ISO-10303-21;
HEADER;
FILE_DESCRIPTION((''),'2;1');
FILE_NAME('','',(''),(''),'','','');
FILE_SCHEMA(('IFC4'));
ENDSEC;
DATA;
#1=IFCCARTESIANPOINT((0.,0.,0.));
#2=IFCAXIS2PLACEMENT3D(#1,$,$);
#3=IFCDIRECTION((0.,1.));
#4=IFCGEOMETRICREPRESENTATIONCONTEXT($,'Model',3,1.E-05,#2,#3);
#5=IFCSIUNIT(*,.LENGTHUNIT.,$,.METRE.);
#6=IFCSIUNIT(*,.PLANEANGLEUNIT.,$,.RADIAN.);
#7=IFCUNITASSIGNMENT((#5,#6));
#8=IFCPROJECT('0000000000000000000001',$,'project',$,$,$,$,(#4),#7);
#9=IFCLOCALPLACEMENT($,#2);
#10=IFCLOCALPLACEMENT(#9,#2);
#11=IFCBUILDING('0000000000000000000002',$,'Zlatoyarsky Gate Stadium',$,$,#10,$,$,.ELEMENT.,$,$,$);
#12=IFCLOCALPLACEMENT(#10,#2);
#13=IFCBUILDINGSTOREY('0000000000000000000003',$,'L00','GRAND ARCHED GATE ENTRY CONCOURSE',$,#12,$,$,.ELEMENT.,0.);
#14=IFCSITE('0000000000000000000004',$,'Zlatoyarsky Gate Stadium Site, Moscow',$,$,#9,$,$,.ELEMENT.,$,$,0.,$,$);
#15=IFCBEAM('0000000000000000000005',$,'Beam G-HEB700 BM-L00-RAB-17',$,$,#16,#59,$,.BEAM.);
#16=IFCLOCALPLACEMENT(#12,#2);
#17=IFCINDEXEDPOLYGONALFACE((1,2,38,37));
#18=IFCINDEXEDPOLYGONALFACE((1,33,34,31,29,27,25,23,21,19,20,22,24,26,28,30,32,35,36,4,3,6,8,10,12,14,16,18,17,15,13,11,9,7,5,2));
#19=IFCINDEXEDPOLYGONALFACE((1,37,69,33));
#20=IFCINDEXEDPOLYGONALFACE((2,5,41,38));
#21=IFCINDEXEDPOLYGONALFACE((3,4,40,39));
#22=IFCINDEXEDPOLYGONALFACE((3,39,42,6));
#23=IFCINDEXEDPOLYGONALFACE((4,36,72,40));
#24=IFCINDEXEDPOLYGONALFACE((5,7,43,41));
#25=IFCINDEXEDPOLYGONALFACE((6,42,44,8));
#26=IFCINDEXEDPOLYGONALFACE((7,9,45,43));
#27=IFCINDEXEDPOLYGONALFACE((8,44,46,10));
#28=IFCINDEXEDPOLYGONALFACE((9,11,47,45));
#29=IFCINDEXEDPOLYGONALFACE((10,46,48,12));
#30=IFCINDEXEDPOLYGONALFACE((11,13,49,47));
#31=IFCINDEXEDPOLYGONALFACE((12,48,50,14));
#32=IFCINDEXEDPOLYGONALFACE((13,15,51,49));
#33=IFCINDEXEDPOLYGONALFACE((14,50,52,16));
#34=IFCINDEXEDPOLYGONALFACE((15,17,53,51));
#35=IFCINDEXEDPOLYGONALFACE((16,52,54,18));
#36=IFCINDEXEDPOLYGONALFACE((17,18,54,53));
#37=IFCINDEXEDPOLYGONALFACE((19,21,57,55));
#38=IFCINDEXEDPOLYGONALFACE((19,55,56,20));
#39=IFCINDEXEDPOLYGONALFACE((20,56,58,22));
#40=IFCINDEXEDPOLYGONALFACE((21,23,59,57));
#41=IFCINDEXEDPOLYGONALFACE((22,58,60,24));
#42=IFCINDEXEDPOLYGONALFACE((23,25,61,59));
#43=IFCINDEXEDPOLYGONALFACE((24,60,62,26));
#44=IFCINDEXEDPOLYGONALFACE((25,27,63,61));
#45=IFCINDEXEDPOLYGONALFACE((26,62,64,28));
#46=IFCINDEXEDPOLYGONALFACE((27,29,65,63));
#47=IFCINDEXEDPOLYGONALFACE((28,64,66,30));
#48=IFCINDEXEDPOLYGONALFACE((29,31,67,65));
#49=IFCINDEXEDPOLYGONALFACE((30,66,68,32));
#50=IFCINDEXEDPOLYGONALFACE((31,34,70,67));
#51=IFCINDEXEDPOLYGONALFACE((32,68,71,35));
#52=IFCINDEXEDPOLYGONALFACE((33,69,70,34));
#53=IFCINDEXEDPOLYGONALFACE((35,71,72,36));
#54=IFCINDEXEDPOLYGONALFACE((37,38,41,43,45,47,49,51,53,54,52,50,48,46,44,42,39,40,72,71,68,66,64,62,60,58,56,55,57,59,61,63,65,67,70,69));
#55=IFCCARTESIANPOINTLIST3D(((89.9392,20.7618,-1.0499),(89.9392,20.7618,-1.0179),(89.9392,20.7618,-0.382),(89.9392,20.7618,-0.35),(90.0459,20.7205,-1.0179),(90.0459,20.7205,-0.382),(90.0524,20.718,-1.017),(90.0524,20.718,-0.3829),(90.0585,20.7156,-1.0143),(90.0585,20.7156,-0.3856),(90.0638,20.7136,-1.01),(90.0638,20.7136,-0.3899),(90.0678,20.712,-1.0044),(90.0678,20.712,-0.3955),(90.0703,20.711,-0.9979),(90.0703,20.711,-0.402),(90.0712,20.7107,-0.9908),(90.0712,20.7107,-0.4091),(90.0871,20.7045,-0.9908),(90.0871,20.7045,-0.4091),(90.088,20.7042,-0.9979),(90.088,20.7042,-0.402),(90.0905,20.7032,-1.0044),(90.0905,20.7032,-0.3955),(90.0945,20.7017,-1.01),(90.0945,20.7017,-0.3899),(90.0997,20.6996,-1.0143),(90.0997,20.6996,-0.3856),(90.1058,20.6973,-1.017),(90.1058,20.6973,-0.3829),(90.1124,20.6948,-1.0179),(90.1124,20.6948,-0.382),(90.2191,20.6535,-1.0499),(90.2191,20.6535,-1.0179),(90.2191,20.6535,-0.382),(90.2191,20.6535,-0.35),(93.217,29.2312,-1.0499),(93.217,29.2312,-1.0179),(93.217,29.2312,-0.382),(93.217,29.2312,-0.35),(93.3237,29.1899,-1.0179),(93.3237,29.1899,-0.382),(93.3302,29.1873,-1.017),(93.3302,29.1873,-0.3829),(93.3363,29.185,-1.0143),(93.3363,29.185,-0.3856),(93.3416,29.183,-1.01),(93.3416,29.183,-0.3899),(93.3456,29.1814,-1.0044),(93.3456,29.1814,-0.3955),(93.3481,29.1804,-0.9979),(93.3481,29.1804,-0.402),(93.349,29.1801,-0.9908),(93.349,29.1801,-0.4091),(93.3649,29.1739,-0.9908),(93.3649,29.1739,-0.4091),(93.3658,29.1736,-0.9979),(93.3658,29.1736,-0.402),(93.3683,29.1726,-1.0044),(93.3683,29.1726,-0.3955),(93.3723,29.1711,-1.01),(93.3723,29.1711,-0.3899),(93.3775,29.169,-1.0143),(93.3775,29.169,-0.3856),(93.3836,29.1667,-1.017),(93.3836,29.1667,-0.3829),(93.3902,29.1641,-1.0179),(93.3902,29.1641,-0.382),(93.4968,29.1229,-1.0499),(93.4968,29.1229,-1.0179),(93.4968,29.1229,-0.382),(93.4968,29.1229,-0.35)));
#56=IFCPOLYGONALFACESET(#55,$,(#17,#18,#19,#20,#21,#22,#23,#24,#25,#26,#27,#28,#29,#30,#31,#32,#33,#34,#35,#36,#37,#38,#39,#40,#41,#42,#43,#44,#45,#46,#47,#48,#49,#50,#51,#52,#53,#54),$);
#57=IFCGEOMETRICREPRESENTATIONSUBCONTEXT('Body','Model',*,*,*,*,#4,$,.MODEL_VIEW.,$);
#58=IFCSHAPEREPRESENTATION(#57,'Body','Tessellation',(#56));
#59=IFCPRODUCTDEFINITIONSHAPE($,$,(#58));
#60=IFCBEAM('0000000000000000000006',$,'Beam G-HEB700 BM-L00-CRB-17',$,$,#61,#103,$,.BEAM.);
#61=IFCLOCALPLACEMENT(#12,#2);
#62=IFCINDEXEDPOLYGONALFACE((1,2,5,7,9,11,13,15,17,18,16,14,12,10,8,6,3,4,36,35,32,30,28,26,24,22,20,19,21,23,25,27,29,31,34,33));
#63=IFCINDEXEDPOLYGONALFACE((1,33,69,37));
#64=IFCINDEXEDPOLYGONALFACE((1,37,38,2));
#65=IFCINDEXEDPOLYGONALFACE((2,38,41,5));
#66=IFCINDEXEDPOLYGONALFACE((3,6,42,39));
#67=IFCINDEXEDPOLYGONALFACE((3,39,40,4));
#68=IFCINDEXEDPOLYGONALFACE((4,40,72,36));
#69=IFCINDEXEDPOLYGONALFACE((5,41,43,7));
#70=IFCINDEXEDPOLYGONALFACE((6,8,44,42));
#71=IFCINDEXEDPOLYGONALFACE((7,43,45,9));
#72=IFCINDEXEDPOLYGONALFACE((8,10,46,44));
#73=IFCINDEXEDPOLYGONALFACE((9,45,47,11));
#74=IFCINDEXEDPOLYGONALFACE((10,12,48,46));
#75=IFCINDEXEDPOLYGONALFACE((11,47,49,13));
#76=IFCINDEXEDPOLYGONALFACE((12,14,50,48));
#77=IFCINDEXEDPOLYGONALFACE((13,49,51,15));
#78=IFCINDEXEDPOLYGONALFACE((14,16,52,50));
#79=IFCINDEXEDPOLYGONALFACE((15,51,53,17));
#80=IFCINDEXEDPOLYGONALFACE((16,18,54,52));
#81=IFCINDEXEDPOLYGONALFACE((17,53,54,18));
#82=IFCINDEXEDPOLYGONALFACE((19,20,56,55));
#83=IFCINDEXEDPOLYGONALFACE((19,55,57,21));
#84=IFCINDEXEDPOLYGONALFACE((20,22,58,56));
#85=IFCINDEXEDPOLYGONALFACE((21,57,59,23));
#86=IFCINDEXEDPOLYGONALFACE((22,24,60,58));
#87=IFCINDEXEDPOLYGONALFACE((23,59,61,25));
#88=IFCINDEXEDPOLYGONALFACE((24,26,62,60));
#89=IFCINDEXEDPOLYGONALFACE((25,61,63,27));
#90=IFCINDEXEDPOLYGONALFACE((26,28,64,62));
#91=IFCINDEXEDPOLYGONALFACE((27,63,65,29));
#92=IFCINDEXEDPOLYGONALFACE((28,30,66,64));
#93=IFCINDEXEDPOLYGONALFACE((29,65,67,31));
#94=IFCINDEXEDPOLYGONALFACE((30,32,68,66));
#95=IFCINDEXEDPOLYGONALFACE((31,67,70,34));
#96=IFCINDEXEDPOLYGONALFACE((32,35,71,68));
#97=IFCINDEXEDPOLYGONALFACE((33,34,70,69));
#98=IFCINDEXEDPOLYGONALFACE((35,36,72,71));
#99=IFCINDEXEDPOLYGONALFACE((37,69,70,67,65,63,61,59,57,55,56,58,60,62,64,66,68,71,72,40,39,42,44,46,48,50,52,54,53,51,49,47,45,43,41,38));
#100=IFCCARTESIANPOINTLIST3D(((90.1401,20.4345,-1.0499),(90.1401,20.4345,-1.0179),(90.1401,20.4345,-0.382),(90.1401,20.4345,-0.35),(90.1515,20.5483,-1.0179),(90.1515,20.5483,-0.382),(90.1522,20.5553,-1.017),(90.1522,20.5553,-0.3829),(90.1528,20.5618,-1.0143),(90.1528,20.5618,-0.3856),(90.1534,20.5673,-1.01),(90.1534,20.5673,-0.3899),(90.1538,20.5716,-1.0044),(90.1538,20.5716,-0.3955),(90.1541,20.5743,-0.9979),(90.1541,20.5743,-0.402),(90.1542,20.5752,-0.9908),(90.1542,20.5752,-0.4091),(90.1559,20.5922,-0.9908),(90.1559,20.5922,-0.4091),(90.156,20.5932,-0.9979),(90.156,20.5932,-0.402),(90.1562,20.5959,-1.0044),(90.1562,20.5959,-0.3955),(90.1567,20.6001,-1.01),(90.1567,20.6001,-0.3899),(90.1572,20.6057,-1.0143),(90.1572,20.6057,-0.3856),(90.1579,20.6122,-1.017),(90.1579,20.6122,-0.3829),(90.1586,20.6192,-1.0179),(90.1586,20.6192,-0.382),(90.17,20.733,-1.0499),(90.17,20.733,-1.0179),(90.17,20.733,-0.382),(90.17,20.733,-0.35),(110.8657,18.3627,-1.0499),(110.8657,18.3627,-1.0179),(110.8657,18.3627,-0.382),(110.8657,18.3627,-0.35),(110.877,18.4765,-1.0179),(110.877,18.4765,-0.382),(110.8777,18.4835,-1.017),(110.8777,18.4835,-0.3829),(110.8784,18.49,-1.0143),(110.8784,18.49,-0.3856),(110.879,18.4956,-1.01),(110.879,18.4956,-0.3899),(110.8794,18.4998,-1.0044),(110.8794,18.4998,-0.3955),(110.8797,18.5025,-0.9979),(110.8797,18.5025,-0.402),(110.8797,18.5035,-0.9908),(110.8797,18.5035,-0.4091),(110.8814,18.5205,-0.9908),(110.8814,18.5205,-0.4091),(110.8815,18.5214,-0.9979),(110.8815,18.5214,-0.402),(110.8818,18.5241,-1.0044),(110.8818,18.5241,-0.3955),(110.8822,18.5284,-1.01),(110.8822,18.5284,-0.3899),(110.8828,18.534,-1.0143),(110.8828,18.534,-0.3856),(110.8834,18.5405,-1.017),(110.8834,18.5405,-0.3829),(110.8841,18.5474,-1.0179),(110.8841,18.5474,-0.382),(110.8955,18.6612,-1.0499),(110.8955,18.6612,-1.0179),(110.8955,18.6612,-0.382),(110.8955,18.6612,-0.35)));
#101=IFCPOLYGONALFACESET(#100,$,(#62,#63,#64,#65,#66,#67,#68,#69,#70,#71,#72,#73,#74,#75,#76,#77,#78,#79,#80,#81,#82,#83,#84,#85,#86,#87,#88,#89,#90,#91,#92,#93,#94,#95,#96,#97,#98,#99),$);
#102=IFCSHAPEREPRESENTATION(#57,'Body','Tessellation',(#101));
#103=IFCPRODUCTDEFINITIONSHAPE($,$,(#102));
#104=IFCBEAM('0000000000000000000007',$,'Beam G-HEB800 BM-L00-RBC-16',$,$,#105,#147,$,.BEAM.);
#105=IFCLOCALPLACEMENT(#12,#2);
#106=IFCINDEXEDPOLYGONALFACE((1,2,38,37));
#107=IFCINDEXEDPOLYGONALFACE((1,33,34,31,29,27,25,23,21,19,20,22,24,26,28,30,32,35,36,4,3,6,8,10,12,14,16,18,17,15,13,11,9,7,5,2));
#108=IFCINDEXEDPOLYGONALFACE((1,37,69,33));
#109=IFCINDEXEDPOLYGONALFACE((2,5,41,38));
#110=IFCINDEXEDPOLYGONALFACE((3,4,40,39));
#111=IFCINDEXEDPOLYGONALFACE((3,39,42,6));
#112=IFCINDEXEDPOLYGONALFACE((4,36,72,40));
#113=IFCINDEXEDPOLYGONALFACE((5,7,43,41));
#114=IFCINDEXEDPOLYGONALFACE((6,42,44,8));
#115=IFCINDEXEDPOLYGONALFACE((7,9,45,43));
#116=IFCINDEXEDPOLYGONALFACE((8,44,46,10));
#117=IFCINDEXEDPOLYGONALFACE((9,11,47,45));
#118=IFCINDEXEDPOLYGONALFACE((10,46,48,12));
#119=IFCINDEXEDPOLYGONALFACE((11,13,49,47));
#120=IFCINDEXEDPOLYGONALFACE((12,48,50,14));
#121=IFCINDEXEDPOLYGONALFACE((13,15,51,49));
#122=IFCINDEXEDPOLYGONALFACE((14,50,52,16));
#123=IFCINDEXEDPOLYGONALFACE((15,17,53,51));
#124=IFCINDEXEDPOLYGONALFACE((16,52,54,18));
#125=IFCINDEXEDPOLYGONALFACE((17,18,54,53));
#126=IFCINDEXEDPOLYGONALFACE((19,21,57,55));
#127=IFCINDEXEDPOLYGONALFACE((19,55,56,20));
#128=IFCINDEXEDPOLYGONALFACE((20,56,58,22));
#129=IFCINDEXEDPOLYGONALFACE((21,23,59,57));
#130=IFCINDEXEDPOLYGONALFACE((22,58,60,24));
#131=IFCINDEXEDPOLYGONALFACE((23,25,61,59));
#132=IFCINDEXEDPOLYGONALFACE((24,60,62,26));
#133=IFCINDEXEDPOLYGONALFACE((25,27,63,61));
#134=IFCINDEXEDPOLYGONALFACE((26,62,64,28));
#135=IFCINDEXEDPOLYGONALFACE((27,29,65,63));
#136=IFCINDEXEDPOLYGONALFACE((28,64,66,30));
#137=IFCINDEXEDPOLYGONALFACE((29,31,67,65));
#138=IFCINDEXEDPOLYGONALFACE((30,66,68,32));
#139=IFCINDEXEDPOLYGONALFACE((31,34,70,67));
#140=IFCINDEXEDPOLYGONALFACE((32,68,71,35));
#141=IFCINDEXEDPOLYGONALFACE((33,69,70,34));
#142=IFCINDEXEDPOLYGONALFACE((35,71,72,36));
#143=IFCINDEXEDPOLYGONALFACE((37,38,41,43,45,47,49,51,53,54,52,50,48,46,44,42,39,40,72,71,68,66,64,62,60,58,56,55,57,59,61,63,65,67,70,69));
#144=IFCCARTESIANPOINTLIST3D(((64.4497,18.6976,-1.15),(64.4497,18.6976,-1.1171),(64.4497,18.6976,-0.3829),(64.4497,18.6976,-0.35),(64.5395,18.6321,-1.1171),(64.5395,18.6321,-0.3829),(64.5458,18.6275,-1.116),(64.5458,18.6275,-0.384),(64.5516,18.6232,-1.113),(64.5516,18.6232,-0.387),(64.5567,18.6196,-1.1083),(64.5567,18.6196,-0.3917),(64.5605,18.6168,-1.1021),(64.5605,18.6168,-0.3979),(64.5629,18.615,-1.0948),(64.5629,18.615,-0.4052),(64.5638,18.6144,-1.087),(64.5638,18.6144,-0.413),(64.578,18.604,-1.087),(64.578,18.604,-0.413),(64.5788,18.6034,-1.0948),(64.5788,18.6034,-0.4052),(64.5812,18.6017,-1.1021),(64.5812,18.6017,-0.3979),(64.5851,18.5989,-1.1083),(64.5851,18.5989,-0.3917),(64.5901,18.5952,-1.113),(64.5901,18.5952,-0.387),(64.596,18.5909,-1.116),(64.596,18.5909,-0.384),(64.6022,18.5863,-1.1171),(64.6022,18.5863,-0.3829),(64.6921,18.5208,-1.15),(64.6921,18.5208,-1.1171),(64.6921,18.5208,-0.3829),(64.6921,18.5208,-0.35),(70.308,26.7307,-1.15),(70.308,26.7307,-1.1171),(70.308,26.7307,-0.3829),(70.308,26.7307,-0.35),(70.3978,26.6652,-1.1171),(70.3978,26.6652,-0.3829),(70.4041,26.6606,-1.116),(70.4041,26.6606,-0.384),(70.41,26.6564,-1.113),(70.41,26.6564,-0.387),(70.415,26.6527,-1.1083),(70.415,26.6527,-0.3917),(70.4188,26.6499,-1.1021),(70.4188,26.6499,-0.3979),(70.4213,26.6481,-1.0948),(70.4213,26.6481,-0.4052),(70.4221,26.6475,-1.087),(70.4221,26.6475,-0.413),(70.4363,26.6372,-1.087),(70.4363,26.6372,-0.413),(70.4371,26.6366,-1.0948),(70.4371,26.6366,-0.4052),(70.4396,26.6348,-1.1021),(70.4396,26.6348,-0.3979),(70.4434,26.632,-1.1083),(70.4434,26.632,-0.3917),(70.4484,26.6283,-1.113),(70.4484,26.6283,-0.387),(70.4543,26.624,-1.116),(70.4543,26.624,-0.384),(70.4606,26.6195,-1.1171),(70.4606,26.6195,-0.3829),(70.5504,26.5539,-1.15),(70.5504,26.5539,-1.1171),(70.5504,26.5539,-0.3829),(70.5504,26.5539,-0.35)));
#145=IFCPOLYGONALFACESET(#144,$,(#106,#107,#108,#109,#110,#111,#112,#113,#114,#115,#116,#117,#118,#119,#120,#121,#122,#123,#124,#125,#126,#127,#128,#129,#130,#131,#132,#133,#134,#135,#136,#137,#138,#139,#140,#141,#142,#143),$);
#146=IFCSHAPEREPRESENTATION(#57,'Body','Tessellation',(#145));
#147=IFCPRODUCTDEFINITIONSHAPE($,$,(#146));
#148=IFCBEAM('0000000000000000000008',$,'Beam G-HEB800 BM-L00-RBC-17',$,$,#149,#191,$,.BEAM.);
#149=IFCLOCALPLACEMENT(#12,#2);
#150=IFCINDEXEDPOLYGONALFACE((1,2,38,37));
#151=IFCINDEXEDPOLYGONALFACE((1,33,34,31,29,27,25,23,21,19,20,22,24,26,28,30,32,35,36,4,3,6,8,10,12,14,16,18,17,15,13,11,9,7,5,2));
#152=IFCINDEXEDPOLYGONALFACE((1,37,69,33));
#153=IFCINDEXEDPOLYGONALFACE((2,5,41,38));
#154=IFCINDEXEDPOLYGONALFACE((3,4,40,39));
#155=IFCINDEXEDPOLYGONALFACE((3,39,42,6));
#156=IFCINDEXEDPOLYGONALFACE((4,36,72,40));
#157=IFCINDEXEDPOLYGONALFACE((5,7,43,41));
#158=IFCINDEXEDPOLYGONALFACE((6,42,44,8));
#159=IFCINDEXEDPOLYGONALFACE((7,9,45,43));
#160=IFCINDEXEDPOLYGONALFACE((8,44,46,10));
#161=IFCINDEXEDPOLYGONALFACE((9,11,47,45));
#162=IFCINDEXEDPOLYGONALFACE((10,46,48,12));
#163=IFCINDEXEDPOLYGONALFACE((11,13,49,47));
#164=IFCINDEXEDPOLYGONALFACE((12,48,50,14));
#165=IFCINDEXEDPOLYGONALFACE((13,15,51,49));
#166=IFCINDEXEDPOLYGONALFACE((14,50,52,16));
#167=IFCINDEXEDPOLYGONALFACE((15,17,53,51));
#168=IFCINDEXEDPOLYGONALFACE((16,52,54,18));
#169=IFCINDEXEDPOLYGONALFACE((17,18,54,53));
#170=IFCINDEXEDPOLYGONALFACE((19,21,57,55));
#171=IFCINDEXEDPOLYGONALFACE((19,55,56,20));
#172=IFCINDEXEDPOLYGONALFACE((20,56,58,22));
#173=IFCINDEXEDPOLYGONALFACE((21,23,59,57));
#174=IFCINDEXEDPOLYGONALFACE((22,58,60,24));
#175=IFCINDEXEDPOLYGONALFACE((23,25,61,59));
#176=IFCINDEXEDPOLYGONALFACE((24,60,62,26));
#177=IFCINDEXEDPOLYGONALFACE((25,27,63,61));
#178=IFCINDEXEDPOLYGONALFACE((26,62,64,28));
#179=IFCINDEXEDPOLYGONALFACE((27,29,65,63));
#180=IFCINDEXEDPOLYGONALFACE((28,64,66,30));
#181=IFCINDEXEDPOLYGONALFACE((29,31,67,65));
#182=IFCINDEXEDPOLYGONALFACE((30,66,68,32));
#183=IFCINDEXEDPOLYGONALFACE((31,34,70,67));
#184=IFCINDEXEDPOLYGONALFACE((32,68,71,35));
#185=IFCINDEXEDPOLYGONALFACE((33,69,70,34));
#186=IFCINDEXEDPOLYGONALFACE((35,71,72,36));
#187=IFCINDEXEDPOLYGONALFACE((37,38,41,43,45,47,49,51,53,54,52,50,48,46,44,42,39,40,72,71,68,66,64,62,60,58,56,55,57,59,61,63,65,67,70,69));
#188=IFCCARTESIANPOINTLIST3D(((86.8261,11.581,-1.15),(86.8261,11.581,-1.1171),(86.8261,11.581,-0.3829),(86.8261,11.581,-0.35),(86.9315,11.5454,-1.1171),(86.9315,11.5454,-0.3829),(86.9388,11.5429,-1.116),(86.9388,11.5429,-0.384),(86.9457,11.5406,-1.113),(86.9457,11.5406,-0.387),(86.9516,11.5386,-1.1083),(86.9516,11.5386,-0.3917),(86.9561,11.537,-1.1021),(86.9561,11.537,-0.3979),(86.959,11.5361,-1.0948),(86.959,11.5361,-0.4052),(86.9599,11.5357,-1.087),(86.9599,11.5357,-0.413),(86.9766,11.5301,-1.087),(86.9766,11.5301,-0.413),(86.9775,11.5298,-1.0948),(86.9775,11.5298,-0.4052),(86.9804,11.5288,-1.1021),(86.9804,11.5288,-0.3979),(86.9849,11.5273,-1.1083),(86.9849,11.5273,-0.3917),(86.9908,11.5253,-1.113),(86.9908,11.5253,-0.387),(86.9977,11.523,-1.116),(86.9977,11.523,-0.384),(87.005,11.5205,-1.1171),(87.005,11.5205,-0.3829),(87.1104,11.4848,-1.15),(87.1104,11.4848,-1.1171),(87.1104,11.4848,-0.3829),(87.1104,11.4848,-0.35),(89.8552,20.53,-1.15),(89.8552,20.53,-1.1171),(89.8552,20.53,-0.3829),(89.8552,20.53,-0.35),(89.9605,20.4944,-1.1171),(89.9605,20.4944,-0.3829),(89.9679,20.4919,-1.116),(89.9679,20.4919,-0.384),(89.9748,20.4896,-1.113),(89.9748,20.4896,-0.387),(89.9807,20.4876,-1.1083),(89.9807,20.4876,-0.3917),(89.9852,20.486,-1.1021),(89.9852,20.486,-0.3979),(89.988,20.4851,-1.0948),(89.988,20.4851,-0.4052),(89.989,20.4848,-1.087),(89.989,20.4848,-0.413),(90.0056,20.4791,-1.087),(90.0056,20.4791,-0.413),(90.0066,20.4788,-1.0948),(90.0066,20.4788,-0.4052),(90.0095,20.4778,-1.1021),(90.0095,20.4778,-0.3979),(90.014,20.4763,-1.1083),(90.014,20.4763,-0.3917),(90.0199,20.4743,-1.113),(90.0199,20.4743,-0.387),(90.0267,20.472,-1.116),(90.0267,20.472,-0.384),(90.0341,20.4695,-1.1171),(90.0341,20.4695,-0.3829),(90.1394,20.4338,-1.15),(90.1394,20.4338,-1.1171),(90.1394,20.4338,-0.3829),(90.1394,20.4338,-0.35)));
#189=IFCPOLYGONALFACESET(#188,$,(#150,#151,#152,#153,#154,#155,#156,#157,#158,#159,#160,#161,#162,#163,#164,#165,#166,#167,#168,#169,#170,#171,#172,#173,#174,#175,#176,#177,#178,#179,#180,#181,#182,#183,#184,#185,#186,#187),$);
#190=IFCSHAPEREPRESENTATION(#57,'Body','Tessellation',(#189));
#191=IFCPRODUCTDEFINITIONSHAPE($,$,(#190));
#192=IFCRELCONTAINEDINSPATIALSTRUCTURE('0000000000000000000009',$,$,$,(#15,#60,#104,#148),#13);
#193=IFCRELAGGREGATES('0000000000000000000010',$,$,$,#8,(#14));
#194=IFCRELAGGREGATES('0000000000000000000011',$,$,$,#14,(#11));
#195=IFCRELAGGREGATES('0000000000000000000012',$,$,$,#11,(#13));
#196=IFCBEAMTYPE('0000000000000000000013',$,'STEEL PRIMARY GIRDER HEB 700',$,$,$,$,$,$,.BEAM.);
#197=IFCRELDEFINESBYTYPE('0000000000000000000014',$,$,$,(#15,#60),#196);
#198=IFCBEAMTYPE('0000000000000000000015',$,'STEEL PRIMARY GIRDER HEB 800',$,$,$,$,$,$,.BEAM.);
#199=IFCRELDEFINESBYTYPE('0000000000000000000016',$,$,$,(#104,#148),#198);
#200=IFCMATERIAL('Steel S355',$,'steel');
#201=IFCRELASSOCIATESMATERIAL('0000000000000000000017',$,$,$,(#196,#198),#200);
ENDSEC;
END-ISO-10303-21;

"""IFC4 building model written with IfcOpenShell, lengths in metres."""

from ifc_helpers import new_model, si_unit, direction, frame, origin, origin_2d, place, context, subcontext, project, spatial, i_section, extrude, material, material_profile, profile_set, type_object, element, save


model = new_model("IFC4")

# Units and contexts
model_context = context("Model", 3, precision=1e-05, world=origin(), true_north=direction((0.0, 1.0)))
body_context = subcontext(model_context, "Body", "Model", "MODEL_VIEW")
ifc_project = project(units=[si_unit("LENGTHUNIT", "METRE"), si_unit("PLANEANGLEUNIT", "RADIAN")], contexts=[model_context])

# Site, building, storey
site_placement = place(None, origin())
site = spatial("IfcSite", under=ifc_project, at=site_placement, Name="Zlatoyarsky Gate Stadium Site, Moscow", CompositionType="ELEMENT", RefElevation=0.0)
building_placement = place(site_placement, origin())
building = spatial("IfcBuilding", under=site, at=building_placement, Name="Zlatoyarsky Gate Stadium", CompositionType="ELEMENT")
storey_placement = place(building_placement, origin())
storey = spatial("IfcBuildingStorey", under=building, at=storey_placement, Name="L00", Description="GRAND ARCHED GATE ENTRY CONCOURSE", CompositionType="ELEMENT", Elevation=0.0)

# Beams
ifc_material_1 = material(Name="Steel S355", Category="steel")
ifc_material_profile_1 = material_profile(ifc_material_1, i_section(OverallWidth=0.3, OverallDepth=0.7, WebThickness=0.0171, FlangeThickness=0.032, FilletRadius=0.0271, at=origin_2d()), Name="HEB 700")
ifc_profile_set_1 = profile_set([ifc_material_profile_1], Name="Steel S355")
beam_type_1 = type_object("IfcBeamType", Name="STEEL PRIMARY GIRDER HEB 700", PredefinedType="BEAM", material=ifc_profile_set_1)
beam_1_placement = place(storey_placement, frame((93.3569, 29.177, -0.7), z_axis=(-0.360929, -0.932593, 0.0), x_axis=(0.932593, -0.360929, 0.0)))
element("IfcBeam", 1, at=beam_1_placement, inside=storey, type_object=beam_type_1, Name="Beam G-HEB700 BM-L00-RAB-17", PredefinedType="BEAM", context=body_context, shape_type="SweptSolid", body=[
    extrude(i_section(OverallWidth=0.3, OverallDepth=0.7, WebThickness=0.0171, FlangeThickness=0.032, FilletRadius=0.0271, at=origin_2d()), origin(), (0.0, 0.0, 1.0), 9.0815),
])
beam_2_placement = place(storey_placement, frame((90.155, 20.5837, -0.7), z_axis=(0.995041, -0.099467, 0.0), x_axis=(0.099467, 0.995041, 0.0)))
element("IfcBeam", 2, at=beam_2_placement, inside=storey, type_object=beam_type_1, Name="Beam G-HEB700 BM-L00-CRB-17", PredefinedType="BEAM", context=body_context, shape_type="SweptSolid", body=[
    extrude(i_section(OverallWidth=0.3, OverallDepth=0.7, WebThickness=0.0171, FlangeThickness=0.032, FilletRadius=0.0271, at=origin_2d()), origin(), (0.0, 0.0, 1.0), 20.8289),
])
ifc_material_profile_2 = material_profile(ifc_material_1, i_section(OverallWidth=0.3, OverallDepth=0.8, WebThickness=0.0176, FlangeThickness=0.033, FilletRadius=0.03, at=origin_2d()), Name="HEB 800")
ifc_profile_set_2 = profile_set([ifc_material_profile_2], Name="Steel S355")
beam_type_2 = type_object("IfcBeamType", Name="STEEL PRIMARY GIRDER HEB 800", PredefinedType="BEAM", material=ifc_profile_set_2)
beam_3_placement = place(storey_placement, frame((70.4292, 26.6423, -0.75), z_axis=(-0.589228, -0.807967, 0.0), x_axis=(0.807967, -0.589228, 0.0)))
element("IfcBeam", 3, at=beam_3_placement, inside=storey, type_object=beam_type_2, Name="Beam G-HEB800 BM-L00-RBC-16", PredefinedType="BEAM", context=body_context, shape_type="SweptSolid", body=[
    extrude(i_section(OverallWidth=0.3, OverallDepth=0.8, WebThickness=0.0176, FlangeThickness=0.033, FilletRadius=0.03, at=origin_2d()), origin(), (0.0, 0.0, 1.0), 9.9424),
])
beam_4_placement = place(storey_placement, frame((89.9973, 20.4819, -0.75), z_axis=(-0.320612, -0.947211, 0.0), x_axis=(0.947211, -0.320612, 0.0)))
element("IfcBeam", 4, at=beam_4_placement, inside=storey, type_object=beam_type_2, Name="Beam G-HEB800 BM-L00-RBC-17", PredefinedType="BEAM", context=body_context, shape_type="SweptSolid", body=[
    extrude(i_section(OverallWidth=0.3, OverallDepth=0.8, WebThickness=0.0176, FlangeThickness=0.033, FilletRadius=0.03, at=origin_2d()), origin(), (0.0, 0.0, 1.0), 9.4478),
])

save(model, "model.ifc")
